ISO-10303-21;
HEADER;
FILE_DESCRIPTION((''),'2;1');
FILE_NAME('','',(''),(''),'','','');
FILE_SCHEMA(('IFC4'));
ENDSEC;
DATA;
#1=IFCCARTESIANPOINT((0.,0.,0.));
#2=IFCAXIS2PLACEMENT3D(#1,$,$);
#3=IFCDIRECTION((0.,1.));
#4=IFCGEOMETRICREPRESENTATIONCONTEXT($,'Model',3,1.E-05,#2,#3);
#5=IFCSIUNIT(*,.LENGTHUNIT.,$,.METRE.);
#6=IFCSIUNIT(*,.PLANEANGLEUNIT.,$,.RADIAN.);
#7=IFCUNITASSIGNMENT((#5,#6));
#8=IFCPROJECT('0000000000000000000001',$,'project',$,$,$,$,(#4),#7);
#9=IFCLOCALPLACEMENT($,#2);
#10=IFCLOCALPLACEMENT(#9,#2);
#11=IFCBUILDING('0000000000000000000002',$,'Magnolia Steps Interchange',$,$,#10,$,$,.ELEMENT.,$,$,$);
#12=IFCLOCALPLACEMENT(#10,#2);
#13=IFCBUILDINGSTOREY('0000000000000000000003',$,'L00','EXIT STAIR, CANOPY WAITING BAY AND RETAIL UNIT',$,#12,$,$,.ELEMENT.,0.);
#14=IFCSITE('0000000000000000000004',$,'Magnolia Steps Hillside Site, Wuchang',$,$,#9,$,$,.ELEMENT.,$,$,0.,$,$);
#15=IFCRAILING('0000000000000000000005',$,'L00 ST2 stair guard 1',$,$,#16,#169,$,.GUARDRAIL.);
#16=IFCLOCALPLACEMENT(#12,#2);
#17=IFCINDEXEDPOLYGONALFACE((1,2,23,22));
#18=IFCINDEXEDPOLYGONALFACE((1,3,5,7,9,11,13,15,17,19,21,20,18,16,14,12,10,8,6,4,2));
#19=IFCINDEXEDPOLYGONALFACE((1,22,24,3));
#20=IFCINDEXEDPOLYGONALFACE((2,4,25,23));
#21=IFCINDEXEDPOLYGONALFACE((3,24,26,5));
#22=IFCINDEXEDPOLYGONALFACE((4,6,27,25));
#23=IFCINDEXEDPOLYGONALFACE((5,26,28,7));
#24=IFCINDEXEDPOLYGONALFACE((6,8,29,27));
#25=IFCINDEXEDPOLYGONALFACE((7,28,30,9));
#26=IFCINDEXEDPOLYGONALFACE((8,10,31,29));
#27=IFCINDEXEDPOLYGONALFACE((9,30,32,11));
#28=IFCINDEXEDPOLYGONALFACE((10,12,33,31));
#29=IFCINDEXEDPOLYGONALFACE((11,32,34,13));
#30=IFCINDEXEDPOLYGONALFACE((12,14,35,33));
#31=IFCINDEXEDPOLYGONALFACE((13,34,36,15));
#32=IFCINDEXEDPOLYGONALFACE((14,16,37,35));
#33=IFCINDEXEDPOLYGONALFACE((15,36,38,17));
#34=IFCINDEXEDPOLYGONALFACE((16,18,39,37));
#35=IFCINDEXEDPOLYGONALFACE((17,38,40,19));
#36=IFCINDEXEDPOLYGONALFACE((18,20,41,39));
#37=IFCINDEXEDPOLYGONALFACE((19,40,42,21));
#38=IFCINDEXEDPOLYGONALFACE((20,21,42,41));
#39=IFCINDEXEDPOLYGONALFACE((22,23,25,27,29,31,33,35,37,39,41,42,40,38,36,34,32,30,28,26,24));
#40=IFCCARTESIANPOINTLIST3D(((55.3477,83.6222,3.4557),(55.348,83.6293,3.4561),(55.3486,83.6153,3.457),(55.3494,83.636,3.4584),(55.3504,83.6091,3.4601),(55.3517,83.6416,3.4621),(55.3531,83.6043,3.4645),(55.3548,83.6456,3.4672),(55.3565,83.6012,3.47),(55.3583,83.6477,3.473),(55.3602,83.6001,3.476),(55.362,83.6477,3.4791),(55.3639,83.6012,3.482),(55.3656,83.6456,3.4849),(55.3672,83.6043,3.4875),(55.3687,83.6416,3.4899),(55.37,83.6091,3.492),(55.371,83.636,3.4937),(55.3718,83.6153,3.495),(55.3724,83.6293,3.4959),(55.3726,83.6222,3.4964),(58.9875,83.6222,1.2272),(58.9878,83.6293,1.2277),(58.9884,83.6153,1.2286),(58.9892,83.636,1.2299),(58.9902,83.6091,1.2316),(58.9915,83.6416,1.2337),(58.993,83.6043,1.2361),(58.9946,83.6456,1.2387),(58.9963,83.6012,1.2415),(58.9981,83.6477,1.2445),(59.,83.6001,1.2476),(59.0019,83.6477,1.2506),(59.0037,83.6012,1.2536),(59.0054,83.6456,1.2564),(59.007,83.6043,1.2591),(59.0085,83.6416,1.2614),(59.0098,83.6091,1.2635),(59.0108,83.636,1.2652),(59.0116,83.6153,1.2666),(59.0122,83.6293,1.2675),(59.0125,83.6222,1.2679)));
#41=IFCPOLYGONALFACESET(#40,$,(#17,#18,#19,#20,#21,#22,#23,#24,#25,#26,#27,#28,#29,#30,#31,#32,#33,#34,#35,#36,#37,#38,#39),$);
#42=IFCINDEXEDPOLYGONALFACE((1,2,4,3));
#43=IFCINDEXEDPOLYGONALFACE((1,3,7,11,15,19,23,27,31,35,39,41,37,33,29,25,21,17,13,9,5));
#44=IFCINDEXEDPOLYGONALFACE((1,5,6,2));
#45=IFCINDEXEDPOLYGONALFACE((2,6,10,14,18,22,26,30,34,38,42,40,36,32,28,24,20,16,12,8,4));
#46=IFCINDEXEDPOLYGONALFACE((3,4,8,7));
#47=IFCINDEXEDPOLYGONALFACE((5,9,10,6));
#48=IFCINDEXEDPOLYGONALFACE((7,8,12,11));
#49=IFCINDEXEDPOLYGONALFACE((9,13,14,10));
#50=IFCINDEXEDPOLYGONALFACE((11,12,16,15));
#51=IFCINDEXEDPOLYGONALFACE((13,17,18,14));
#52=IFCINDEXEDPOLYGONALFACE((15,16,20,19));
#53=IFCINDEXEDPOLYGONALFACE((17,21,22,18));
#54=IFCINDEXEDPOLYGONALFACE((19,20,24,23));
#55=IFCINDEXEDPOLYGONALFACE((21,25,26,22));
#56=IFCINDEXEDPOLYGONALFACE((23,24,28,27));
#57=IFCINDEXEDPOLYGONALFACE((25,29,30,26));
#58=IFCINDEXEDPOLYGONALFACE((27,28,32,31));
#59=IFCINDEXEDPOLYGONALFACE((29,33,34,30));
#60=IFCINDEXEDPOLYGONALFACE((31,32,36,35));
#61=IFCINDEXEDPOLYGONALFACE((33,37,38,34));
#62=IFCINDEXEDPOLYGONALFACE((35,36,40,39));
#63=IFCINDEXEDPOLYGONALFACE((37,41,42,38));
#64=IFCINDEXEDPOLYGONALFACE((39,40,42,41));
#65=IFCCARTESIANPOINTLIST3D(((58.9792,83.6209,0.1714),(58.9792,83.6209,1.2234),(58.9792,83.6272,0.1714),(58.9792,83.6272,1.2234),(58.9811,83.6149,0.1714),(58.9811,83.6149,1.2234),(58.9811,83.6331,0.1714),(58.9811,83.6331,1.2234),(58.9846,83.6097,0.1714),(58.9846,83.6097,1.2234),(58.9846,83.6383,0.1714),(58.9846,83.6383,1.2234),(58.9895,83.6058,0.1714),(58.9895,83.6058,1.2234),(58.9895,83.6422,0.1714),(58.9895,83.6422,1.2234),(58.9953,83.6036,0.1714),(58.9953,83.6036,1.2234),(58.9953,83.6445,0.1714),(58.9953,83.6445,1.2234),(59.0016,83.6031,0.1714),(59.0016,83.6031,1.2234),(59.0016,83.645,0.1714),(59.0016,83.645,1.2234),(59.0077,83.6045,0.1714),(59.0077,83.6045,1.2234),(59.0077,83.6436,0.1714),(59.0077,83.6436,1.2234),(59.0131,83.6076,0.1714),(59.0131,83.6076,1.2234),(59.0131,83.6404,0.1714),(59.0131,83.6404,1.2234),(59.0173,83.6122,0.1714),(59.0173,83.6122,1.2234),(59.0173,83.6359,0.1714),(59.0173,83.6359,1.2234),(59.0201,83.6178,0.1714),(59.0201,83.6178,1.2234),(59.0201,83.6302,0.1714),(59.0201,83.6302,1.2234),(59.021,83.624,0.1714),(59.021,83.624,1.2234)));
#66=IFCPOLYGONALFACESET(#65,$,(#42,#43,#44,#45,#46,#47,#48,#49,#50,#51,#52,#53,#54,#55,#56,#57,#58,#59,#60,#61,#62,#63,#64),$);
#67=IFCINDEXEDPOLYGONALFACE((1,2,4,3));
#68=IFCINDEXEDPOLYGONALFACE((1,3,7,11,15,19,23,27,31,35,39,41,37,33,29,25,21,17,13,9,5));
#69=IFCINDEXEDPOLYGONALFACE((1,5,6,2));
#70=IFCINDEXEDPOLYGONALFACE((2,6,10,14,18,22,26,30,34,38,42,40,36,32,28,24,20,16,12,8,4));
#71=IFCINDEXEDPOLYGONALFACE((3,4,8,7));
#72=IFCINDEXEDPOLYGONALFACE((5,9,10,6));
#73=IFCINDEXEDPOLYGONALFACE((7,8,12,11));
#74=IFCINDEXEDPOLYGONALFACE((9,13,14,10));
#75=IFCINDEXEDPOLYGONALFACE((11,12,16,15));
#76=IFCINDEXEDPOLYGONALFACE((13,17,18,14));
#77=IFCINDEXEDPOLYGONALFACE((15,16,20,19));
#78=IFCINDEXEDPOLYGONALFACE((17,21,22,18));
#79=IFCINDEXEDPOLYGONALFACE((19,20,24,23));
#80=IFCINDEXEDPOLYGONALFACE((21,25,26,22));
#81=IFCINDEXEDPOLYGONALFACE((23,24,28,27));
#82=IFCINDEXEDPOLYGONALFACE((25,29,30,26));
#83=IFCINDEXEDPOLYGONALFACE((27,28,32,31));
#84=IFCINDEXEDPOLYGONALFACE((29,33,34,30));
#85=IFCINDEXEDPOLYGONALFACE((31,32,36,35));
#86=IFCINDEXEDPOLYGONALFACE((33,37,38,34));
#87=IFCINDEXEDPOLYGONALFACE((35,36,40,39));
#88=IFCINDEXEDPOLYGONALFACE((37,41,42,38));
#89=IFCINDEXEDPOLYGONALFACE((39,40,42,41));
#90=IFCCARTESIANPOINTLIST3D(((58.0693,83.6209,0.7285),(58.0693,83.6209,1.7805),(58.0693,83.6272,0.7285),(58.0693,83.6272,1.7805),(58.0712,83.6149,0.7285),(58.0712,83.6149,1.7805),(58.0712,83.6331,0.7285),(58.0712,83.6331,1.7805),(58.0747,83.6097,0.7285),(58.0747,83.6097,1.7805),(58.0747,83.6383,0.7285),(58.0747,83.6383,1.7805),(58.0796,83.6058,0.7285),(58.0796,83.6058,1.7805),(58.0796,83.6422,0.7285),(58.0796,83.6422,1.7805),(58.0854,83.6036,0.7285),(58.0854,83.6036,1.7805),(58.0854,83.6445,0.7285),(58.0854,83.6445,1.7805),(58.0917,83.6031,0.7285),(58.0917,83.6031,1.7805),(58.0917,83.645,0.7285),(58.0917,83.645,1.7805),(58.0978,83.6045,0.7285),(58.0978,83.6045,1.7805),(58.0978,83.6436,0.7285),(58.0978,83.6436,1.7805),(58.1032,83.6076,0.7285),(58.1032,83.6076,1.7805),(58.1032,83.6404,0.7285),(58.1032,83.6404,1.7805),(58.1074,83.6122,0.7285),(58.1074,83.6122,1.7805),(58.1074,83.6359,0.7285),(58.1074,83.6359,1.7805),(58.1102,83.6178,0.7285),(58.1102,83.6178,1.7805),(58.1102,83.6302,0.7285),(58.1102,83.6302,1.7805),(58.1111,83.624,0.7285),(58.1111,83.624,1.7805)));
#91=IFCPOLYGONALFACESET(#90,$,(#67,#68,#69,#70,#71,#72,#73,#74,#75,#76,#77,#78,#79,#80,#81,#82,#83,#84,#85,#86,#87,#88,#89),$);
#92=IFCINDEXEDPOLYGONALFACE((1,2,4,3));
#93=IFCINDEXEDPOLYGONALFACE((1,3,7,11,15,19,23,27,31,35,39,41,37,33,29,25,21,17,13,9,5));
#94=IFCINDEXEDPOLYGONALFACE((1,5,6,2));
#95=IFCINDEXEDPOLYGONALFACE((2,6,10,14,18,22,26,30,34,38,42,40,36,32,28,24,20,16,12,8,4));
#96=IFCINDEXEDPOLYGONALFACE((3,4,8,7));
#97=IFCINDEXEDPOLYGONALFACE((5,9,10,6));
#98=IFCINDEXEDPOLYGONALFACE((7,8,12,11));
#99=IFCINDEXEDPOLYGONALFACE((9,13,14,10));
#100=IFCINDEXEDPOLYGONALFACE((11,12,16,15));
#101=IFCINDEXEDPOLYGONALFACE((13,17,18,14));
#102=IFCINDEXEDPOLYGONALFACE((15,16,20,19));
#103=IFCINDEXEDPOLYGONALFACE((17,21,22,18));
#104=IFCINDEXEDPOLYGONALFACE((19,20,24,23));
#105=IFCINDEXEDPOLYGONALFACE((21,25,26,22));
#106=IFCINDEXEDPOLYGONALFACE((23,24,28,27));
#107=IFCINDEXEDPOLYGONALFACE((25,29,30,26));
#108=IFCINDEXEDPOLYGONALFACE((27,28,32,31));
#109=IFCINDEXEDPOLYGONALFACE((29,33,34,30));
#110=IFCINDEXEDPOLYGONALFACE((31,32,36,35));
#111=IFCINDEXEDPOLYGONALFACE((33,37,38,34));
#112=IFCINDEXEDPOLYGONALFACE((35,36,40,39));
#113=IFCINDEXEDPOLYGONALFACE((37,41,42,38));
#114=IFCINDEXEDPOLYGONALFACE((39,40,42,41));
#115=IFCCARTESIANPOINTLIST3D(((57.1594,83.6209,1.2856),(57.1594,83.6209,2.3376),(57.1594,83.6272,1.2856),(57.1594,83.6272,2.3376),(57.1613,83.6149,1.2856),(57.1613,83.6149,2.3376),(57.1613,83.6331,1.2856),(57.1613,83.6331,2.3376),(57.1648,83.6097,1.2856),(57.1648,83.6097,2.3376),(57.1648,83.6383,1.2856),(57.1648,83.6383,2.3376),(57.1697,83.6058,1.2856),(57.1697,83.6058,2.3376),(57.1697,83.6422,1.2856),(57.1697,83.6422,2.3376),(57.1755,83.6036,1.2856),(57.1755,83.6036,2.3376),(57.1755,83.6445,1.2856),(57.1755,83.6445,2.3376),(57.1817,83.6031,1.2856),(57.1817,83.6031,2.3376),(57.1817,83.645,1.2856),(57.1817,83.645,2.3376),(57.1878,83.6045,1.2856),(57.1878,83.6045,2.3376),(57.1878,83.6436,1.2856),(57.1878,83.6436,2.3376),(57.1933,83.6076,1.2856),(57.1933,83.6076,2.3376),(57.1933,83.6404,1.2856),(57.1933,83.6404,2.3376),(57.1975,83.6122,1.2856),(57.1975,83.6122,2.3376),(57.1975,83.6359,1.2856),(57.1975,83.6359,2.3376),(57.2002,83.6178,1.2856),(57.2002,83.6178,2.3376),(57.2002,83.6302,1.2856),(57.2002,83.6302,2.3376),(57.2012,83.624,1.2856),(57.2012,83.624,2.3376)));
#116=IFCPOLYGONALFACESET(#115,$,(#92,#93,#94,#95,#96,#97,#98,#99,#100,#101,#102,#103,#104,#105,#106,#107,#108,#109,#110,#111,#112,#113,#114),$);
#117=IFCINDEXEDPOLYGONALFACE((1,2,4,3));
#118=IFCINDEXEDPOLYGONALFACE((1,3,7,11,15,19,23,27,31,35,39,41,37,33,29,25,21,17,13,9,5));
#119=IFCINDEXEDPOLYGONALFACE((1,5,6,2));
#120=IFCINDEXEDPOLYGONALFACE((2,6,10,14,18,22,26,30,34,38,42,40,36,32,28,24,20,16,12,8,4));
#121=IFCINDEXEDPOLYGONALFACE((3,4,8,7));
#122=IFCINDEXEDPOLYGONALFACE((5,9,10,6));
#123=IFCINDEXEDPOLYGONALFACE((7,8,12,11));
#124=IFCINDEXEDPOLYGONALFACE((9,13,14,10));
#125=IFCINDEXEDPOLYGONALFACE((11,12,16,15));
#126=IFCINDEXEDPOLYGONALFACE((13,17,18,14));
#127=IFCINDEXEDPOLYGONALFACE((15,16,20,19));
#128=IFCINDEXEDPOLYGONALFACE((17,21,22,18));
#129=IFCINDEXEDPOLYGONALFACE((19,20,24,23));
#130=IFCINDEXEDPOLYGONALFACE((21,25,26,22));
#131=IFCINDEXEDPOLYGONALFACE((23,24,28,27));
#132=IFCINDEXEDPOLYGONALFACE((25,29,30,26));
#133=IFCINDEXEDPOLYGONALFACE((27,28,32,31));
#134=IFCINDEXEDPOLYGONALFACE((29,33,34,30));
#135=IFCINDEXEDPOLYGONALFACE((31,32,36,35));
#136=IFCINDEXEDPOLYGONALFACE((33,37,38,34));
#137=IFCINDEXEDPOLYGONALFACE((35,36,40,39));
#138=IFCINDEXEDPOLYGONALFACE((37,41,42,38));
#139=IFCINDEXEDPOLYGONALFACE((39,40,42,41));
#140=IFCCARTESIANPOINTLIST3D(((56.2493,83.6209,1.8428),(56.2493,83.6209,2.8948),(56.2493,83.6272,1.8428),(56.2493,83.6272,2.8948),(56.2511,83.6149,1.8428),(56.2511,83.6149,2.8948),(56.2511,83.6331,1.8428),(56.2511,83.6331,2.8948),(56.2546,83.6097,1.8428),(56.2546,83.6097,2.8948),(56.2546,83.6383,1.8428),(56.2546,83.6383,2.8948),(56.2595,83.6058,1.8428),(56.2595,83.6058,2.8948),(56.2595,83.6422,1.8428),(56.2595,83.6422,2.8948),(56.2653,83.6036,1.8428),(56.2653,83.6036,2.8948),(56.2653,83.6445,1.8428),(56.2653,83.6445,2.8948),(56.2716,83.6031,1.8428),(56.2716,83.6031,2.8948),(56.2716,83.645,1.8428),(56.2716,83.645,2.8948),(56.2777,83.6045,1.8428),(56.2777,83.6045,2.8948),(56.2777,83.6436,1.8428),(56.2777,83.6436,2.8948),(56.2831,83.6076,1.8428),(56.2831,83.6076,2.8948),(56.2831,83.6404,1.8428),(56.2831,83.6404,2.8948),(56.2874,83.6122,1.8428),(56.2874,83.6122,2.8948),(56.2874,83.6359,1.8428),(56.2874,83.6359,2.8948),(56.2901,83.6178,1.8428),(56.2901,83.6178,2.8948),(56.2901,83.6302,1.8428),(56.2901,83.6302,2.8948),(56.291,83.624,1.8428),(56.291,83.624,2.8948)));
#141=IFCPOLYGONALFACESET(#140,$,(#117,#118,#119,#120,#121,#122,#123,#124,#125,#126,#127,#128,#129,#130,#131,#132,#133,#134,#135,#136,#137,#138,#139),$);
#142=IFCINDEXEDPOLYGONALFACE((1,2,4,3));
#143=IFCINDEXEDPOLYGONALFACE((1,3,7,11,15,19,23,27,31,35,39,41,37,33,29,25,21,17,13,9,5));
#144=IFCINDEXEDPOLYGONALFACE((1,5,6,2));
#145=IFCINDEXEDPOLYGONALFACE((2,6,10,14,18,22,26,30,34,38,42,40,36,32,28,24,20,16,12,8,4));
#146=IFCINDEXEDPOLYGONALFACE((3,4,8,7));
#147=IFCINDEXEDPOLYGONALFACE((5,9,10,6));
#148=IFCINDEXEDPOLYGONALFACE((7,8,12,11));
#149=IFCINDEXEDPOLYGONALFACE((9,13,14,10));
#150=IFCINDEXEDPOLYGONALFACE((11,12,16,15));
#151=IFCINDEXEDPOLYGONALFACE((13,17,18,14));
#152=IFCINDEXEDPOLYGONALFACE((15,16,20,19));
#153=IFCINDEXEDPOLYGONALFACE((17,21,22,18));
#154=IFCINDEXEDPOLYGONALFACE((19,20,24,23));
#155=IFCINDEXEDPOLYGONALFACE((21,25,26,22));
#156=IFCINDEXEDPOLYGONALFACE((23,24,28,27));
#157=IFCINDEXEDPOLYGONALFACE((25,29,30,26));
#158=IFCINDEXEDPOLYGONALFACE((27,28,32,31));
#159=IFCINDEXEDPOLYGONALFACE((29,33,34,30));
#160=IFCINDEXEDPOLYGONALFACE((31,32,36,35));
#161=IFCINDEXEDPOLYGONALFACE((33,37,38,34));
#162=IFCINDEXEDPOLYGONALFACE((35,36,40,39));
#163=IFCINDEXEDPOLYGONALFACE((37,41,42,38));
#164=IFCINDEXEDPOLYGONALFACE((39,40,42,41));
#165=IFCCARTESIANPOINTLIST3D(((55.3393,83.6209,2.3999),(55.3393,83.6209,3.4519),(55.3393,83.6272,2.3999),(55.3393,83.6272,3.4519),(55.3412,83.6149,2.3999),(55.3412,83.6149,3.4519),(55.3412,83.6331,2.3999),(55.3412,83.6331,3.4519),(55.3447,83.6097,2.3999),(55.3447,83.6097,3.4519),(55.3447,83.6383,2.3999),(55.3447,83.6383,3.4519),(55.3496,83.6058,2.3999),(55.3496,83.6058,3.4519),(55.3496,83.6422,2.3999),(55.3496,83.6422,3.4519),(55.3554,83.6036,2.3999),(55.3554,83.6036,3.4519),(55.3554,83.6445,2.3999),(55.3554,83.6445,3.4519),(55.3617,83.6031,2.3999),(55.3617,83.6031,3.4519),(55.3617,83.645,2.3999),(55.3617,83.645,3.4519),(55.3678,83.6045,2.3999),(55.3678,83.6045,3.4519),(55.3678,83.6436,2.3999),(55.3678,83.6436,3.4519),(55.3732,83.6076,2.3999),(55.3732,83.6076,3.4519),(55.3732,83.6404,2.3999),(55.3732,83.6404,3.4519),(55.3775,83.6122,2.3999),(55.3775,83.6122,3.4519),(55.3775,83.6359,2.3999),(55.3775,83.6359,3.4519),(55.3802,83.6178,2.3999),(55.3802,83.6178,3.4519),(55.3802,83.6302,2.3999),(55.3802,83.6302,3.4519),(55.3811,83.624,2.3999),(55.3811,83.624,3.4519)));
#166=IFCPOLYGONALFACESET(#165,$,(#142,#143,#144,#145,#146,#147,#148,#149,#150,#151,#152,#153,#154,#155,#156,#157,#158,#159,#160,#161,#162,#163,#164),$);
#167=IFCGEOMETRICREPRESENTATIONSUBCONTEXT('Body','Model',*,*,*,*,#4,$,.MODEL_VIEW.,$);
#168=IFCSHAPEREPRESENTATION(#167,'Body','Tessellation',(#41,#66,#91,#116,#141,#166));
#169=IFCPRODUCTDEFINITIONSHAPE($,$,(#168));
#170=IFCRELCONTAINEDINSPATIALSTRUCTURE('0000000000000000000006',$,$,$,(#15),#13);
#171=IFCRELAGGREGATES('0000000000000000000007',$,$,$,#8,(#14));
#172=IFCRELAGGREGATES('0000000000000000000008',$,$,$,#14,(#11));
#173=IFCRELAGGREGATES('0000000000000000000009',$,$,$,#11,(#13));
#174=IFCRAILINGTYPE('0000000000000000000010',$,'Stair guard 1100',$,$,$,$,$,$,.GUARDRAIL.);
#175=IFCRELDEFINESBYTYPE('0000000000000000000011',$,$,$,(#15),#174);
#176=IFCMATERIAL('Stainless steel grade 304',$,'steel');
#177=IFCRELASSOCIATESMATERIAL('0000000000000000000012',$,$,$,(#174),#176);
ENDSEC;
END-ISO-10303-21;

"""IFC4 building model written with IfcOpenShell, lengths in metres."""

from ifc_helpers import new_model, si_unit, direction, frame, origin, origin_2d, place, context, subcontext, project, spatial, circle, extrude, material, type_object, element, save


model = new_model("IFC4")

# Units and contexts
model_context = context("Model", 3, precision=1e-05, world=origin(), true_north=direction((0.0, 1.0)))
body_context = subcontext(model_context, "Body", "Model", "MODEL_VIEW")
ifc_project = project(units=[si_unit("LENGTHUNIT", "METRE"), si_unit("PLANEANGLEUNIT", "RADIAN")], contexts=[model_context])

# Site, building, storey
site_placement = place(None, origin())
site = spatial("IfcSite", under=ifc_project, at=site_placement, Name="Magnolia Steps Hillside Site, Wuchang", CompositionType="ELEMENT", RefElevation=0.0)
building_placement = place(site_placement, origin())
building = spatial("IfcBuilding", under=site, at=building_placement, Name="Magnolia Steps Interchange", CompositionType="ELEMENT")
storey_placement = place(building_placement, origin())
storey = spatial("IfcBuildingStorey", under=building, at=storey_placement, Name="L00", Description="EXIT STAIR, CANOPY WAITING BAY AND RETAIL UNIT", CompositionType="ELEMENT", Elevation=0.0)

# Railing
ifc_material_1 = material(Name="Stainless steel grade 304", Category="steel")
railing_type_1 = type_object("IfcRailingType", Name="Stair guard 1100", PredefinedType="GUARDRAIL", material=ifc_material_1)
railing_1_placement = place(storey_placement, frame((59.0, 83.624, 0.1714)))
element("IfcRailing", 1, at=railing_1_placement, inside=storey, type_object=railing_type_1, Name="L00 ST2 stair guard 1", PredefinedType="GUARDRAIL", context=body_context, shape_type="SweptSolid", body=[
    extrude(circle(Radius=0.0239, at=origin_2d()), frame((0.0, 0.0, 1.0762), z_axis=(-0.85285, 0.0, 0.522156), x_axis=(0.0, -1.0, 0.0)), (0.0, 0.0, 1.0), 4.2678),
    extrude(circle(Radius=0.021, at=origin_2d()), origin(), (0.0, 0.0, 1.0), 1.052),
    extrude(circle(Radius=0.021, at=origin_2d()), frame((-0.9099, 0.0, 0.5571)), (0.0, 0.0, 1.0), 1.052),
    extrude(circle(Radius=0.021, at=origin_2d()), frame((-1.8198, 0.0, 1.1143)), (0.0, 0.0, 1.0), 1.052),
    extrude(circle(Radius=0.021, at=origin_2d()), frame((-2.73, 0.0, 1.6714)), (0.0, 0.0, 1.0), 1.052),
    extrude(circle(Radius=0.021, at=origin_2d()), frame((-3.6399, 0.0, 2.2285)), (0.0, 0.0, 1.0), 1.052),
])

save(model, "model.ifc")
